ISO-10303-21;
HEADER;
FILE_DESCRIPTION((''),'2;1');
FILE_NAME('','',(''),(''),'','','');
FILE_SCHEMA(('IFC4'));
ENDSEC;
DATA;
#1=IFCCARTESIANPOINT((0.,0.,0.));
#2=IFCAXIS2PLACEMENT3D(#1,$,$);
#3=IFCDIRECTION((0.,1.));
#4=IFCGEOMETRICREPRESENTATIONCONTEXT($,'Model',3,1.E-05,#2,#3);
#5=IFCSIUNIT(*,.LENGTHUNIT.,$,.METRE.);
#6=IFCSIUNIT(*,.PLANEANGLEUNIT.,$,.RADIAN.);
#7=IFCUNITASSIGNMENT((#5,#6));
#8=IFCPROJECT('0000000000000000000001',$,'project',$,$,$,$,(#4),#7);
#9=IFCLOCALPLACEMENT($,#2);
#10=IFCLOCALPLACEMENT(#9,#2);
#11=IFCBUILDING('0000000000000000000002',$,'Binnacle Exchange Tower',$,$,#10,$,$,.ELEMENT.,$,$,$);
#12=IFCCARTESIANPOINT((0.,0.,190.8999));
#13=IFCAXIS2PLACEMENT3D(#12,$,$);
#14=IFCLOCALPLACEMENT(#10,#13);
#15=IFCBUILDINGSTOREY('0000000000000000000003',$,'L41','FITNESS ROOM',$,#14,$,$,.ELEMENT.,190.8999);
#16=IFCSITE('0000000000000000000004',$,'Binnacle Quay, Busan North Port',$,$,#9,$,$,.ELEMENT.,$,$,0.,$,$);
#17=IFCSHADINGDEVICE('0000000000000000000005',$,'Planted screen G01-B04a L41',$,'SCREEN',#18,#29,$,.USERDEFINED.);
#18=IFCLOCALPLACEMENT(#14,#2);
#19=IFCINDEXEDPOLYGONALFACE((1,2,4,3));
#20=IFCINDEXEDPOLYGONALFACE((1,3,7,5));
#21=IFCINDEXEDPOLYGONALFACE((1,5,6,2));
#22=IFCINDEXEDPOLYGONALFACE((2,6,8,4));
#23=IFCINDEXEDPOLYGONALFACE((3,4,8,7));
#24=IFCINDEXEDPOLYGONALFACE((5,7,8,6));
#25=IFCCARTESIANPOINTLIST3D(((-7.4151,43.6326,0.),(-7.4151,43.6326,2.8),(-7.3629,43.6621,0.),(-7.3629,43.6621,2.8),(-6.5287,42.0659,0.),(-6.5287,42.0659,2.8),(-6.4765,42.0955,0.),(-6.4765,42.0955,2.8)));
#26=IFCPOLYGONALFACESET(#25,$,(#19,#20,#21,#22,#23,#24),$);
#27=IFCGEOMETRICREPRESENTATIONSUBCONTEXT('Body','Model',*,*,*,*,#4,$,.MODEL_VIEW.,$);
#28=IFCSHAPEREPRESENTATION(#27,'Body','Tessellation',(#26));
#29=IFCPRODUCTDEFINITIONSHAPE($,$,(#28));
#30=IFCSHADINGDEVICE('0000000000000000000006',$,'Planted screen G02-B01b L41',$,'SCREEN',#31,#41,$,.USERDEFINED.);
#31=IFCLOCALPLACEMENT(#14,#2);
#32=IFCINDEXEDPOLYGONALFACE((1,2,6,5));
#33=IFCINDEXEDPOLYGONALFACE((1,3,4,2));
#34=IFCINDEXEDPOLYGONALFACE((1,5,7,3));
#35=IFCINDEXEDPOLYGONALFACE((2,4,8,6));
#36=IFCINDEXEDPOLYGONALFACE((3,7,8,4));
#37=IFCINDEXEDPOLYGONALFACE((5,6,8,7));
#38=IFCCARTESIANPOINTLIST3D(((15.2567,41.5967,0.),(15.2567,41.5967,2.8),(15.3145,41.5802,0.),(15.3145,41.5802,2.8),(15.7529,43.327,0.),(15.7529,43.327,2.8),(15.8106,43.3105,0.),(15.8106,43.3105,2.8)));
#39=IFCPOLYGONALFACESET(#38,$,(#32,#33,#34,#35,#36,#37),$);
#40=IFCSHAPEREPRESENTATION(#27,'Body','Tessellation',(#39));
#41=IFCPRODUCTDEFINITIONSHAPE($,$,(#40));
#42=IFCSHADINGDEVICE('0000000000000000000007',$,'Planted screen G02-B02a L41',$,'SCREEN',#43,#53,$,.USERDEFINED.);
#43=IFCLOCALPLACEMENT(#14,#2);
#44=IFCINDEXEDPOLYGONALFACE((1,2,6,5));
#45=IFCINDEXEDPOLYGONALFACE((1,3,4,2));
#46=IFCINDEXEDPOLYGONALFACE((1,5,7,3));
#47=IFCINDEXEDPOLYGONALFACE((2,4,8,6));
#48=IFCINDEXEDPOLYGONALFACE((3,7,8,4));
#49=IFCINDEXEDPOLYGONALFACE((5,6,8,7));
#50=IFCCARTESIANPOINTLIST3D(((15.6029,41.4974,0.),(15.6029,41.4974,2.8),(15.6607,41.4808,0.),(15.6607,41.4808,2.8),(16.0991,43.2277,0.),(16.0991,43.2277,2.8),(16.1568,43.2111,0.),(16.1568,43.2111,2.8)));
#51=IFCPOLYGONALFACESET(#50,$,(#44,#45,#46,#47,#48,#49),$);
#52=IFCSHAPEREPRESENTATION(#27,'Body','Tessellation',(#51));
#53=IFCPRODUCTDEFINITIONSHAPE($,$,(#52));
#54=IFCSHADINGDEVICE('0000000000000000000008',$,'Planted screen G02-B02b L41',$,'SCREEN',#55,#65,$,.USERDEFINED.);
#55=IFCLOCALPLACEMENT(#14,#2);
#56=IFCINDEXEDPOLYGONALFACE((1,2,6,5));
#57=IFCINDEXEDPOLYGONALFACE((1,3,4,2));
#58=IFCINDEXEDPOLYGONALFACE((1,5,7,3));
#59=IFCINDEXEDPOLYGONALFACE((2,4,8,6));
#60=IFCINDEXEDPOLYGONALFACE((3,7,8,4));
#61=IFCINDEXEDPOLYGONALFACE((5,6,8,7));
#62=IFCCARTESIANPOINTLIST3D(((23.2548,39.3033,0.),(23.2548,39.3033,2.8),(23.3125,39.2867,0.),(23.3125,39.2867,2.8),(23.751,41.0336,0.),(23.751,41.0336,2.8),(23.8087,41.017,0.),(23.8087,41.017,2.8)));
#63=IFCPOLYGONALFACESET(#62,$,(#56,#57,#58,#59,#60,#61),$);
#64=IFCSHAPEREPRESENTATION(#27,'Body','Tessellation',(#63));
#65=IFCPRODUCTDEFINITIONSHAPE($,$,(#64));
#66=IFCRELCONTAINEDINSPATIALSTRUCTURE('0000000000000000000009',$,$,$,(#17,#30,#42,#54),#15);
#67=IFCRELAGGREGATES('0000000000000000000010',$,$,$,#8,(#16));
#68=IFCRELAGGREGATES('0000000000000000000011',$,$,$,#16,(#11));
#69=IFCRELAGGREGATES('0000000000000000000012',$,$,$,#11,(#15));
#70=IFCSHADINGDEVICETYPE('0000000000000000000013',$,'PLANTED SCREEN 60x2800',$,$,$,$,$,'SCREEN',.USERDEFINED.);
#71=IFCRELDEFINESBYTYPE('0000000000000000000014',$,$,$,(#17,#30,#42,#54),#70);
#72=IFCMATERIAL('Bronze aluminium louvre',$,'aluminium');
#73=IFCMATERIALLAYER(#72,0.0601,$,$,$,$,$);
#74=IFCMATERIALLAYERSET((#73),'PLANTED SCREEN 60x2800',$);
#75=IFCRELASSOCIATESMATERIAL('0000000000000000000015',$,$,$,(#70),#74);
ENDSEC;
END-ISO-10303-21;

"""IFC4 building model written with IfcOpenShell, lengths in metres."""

from ifc_helpers import new_model, si_unit, direction, frame, origin, origin_2d, place, context, subcontext, project, spatial, rectangle, extrude, material, layer, layer_set, type_object, element, save


model = new_model("IFC4")

# Units and contexts
model_context = context("Model", 3, precision=1e-05, world=origin(), true_north=direction((0.0, 1.0)))
body_context = subcontext(model_context, "Body", "Model", "MODEL_VIEW")
ifc_project = project(units=[si_unit("LENGTHUNIT", "METRE"), si_unit("PLANEANGLEUNIT", "RADIAN")], contexts=[model_context])

# Site, building, storey
site_placement = place(None, origin())
site = spatial("IfcSite", under=ifc_project, at=site_placement, Name="Binnacle Quay, Busan North Port", CompositionType="ELEMENT", RefElevation=0.0)
building_placement = place(site_placement, origin())
building = spatial("IfcBuilding", under=site, at=building_placement, Name="Binnacle Exchange Tower", CompositionType="ELEMENT")
storey_placement = place(building_placement, frame((0.0, 0.0, 190.8999)))
storey = spatial("IfcBuildingStorey", under=building, at=storey_placement, Name="L41", Description="FITNESS ROOM", CompositionType="ELEMENT", Elevation=190.8999)

# Shading devices
ifc_material_1 = material(Name="Bronze aluminium louvre", Category="aluminium")
ifc_layer_1 = layer(ifc_material_1, 0.0601)
ifc_layer_set_1 = layer_set([ifc_layer_1], Name="PLANTED SCREEN 60x2800")
shading_device_type = type_object("IfcShadingDeviceType", Name="PLANTED SCREEN 60x2800", ElementType="SCREEN", PredefinedType="USERDEFINED", material=ifc_layer_set_1)
for number, where, z_axis, x_axis, name in (
    (1, (-6.9458, 42.864, 0.0), (0.0, 0.0, 1.0), (0.870356, 0.492424, 0.0), "Planted screen G01-B04a L41"),
    (2, (15.5337, 42.4536, 0.0), (0.0, 0.0, 1.0), (0.961262, -0.275637, 0.0), "Planted screen G02-B01b L41"),
    (3, (15.8799, 42.3542, 0.0), (0.0, 0.0, 1.0), (0.961262, -0.275637, 0.0), "Planted screen G02-B02a L41"),
    (4, (23.5317, 40.1602, 0.0), (0.0, 0.0, 1.0), (0.961262, -0.275637, 0.0), "Planted screen G02-B02b L41"),
):
    element("IfcShadingDevice", number, at=place(storey_placement, frame(where, z_axis=z_axis, x_axis=x_axis)), inside=storey, type_object=shading_device_type, Name=name, ObjectType="SCREEN", PredefinedType="USERDEFINED", context=body_context, shape_type="SweptSolid", body=[
        extrude(rectangle(XDim=0.0601, YDim=1.8, at=origin_2d()), origin(), (0.0, 0.0, 1.0), 2.8),
    ])

save(model, "model.ifc")
